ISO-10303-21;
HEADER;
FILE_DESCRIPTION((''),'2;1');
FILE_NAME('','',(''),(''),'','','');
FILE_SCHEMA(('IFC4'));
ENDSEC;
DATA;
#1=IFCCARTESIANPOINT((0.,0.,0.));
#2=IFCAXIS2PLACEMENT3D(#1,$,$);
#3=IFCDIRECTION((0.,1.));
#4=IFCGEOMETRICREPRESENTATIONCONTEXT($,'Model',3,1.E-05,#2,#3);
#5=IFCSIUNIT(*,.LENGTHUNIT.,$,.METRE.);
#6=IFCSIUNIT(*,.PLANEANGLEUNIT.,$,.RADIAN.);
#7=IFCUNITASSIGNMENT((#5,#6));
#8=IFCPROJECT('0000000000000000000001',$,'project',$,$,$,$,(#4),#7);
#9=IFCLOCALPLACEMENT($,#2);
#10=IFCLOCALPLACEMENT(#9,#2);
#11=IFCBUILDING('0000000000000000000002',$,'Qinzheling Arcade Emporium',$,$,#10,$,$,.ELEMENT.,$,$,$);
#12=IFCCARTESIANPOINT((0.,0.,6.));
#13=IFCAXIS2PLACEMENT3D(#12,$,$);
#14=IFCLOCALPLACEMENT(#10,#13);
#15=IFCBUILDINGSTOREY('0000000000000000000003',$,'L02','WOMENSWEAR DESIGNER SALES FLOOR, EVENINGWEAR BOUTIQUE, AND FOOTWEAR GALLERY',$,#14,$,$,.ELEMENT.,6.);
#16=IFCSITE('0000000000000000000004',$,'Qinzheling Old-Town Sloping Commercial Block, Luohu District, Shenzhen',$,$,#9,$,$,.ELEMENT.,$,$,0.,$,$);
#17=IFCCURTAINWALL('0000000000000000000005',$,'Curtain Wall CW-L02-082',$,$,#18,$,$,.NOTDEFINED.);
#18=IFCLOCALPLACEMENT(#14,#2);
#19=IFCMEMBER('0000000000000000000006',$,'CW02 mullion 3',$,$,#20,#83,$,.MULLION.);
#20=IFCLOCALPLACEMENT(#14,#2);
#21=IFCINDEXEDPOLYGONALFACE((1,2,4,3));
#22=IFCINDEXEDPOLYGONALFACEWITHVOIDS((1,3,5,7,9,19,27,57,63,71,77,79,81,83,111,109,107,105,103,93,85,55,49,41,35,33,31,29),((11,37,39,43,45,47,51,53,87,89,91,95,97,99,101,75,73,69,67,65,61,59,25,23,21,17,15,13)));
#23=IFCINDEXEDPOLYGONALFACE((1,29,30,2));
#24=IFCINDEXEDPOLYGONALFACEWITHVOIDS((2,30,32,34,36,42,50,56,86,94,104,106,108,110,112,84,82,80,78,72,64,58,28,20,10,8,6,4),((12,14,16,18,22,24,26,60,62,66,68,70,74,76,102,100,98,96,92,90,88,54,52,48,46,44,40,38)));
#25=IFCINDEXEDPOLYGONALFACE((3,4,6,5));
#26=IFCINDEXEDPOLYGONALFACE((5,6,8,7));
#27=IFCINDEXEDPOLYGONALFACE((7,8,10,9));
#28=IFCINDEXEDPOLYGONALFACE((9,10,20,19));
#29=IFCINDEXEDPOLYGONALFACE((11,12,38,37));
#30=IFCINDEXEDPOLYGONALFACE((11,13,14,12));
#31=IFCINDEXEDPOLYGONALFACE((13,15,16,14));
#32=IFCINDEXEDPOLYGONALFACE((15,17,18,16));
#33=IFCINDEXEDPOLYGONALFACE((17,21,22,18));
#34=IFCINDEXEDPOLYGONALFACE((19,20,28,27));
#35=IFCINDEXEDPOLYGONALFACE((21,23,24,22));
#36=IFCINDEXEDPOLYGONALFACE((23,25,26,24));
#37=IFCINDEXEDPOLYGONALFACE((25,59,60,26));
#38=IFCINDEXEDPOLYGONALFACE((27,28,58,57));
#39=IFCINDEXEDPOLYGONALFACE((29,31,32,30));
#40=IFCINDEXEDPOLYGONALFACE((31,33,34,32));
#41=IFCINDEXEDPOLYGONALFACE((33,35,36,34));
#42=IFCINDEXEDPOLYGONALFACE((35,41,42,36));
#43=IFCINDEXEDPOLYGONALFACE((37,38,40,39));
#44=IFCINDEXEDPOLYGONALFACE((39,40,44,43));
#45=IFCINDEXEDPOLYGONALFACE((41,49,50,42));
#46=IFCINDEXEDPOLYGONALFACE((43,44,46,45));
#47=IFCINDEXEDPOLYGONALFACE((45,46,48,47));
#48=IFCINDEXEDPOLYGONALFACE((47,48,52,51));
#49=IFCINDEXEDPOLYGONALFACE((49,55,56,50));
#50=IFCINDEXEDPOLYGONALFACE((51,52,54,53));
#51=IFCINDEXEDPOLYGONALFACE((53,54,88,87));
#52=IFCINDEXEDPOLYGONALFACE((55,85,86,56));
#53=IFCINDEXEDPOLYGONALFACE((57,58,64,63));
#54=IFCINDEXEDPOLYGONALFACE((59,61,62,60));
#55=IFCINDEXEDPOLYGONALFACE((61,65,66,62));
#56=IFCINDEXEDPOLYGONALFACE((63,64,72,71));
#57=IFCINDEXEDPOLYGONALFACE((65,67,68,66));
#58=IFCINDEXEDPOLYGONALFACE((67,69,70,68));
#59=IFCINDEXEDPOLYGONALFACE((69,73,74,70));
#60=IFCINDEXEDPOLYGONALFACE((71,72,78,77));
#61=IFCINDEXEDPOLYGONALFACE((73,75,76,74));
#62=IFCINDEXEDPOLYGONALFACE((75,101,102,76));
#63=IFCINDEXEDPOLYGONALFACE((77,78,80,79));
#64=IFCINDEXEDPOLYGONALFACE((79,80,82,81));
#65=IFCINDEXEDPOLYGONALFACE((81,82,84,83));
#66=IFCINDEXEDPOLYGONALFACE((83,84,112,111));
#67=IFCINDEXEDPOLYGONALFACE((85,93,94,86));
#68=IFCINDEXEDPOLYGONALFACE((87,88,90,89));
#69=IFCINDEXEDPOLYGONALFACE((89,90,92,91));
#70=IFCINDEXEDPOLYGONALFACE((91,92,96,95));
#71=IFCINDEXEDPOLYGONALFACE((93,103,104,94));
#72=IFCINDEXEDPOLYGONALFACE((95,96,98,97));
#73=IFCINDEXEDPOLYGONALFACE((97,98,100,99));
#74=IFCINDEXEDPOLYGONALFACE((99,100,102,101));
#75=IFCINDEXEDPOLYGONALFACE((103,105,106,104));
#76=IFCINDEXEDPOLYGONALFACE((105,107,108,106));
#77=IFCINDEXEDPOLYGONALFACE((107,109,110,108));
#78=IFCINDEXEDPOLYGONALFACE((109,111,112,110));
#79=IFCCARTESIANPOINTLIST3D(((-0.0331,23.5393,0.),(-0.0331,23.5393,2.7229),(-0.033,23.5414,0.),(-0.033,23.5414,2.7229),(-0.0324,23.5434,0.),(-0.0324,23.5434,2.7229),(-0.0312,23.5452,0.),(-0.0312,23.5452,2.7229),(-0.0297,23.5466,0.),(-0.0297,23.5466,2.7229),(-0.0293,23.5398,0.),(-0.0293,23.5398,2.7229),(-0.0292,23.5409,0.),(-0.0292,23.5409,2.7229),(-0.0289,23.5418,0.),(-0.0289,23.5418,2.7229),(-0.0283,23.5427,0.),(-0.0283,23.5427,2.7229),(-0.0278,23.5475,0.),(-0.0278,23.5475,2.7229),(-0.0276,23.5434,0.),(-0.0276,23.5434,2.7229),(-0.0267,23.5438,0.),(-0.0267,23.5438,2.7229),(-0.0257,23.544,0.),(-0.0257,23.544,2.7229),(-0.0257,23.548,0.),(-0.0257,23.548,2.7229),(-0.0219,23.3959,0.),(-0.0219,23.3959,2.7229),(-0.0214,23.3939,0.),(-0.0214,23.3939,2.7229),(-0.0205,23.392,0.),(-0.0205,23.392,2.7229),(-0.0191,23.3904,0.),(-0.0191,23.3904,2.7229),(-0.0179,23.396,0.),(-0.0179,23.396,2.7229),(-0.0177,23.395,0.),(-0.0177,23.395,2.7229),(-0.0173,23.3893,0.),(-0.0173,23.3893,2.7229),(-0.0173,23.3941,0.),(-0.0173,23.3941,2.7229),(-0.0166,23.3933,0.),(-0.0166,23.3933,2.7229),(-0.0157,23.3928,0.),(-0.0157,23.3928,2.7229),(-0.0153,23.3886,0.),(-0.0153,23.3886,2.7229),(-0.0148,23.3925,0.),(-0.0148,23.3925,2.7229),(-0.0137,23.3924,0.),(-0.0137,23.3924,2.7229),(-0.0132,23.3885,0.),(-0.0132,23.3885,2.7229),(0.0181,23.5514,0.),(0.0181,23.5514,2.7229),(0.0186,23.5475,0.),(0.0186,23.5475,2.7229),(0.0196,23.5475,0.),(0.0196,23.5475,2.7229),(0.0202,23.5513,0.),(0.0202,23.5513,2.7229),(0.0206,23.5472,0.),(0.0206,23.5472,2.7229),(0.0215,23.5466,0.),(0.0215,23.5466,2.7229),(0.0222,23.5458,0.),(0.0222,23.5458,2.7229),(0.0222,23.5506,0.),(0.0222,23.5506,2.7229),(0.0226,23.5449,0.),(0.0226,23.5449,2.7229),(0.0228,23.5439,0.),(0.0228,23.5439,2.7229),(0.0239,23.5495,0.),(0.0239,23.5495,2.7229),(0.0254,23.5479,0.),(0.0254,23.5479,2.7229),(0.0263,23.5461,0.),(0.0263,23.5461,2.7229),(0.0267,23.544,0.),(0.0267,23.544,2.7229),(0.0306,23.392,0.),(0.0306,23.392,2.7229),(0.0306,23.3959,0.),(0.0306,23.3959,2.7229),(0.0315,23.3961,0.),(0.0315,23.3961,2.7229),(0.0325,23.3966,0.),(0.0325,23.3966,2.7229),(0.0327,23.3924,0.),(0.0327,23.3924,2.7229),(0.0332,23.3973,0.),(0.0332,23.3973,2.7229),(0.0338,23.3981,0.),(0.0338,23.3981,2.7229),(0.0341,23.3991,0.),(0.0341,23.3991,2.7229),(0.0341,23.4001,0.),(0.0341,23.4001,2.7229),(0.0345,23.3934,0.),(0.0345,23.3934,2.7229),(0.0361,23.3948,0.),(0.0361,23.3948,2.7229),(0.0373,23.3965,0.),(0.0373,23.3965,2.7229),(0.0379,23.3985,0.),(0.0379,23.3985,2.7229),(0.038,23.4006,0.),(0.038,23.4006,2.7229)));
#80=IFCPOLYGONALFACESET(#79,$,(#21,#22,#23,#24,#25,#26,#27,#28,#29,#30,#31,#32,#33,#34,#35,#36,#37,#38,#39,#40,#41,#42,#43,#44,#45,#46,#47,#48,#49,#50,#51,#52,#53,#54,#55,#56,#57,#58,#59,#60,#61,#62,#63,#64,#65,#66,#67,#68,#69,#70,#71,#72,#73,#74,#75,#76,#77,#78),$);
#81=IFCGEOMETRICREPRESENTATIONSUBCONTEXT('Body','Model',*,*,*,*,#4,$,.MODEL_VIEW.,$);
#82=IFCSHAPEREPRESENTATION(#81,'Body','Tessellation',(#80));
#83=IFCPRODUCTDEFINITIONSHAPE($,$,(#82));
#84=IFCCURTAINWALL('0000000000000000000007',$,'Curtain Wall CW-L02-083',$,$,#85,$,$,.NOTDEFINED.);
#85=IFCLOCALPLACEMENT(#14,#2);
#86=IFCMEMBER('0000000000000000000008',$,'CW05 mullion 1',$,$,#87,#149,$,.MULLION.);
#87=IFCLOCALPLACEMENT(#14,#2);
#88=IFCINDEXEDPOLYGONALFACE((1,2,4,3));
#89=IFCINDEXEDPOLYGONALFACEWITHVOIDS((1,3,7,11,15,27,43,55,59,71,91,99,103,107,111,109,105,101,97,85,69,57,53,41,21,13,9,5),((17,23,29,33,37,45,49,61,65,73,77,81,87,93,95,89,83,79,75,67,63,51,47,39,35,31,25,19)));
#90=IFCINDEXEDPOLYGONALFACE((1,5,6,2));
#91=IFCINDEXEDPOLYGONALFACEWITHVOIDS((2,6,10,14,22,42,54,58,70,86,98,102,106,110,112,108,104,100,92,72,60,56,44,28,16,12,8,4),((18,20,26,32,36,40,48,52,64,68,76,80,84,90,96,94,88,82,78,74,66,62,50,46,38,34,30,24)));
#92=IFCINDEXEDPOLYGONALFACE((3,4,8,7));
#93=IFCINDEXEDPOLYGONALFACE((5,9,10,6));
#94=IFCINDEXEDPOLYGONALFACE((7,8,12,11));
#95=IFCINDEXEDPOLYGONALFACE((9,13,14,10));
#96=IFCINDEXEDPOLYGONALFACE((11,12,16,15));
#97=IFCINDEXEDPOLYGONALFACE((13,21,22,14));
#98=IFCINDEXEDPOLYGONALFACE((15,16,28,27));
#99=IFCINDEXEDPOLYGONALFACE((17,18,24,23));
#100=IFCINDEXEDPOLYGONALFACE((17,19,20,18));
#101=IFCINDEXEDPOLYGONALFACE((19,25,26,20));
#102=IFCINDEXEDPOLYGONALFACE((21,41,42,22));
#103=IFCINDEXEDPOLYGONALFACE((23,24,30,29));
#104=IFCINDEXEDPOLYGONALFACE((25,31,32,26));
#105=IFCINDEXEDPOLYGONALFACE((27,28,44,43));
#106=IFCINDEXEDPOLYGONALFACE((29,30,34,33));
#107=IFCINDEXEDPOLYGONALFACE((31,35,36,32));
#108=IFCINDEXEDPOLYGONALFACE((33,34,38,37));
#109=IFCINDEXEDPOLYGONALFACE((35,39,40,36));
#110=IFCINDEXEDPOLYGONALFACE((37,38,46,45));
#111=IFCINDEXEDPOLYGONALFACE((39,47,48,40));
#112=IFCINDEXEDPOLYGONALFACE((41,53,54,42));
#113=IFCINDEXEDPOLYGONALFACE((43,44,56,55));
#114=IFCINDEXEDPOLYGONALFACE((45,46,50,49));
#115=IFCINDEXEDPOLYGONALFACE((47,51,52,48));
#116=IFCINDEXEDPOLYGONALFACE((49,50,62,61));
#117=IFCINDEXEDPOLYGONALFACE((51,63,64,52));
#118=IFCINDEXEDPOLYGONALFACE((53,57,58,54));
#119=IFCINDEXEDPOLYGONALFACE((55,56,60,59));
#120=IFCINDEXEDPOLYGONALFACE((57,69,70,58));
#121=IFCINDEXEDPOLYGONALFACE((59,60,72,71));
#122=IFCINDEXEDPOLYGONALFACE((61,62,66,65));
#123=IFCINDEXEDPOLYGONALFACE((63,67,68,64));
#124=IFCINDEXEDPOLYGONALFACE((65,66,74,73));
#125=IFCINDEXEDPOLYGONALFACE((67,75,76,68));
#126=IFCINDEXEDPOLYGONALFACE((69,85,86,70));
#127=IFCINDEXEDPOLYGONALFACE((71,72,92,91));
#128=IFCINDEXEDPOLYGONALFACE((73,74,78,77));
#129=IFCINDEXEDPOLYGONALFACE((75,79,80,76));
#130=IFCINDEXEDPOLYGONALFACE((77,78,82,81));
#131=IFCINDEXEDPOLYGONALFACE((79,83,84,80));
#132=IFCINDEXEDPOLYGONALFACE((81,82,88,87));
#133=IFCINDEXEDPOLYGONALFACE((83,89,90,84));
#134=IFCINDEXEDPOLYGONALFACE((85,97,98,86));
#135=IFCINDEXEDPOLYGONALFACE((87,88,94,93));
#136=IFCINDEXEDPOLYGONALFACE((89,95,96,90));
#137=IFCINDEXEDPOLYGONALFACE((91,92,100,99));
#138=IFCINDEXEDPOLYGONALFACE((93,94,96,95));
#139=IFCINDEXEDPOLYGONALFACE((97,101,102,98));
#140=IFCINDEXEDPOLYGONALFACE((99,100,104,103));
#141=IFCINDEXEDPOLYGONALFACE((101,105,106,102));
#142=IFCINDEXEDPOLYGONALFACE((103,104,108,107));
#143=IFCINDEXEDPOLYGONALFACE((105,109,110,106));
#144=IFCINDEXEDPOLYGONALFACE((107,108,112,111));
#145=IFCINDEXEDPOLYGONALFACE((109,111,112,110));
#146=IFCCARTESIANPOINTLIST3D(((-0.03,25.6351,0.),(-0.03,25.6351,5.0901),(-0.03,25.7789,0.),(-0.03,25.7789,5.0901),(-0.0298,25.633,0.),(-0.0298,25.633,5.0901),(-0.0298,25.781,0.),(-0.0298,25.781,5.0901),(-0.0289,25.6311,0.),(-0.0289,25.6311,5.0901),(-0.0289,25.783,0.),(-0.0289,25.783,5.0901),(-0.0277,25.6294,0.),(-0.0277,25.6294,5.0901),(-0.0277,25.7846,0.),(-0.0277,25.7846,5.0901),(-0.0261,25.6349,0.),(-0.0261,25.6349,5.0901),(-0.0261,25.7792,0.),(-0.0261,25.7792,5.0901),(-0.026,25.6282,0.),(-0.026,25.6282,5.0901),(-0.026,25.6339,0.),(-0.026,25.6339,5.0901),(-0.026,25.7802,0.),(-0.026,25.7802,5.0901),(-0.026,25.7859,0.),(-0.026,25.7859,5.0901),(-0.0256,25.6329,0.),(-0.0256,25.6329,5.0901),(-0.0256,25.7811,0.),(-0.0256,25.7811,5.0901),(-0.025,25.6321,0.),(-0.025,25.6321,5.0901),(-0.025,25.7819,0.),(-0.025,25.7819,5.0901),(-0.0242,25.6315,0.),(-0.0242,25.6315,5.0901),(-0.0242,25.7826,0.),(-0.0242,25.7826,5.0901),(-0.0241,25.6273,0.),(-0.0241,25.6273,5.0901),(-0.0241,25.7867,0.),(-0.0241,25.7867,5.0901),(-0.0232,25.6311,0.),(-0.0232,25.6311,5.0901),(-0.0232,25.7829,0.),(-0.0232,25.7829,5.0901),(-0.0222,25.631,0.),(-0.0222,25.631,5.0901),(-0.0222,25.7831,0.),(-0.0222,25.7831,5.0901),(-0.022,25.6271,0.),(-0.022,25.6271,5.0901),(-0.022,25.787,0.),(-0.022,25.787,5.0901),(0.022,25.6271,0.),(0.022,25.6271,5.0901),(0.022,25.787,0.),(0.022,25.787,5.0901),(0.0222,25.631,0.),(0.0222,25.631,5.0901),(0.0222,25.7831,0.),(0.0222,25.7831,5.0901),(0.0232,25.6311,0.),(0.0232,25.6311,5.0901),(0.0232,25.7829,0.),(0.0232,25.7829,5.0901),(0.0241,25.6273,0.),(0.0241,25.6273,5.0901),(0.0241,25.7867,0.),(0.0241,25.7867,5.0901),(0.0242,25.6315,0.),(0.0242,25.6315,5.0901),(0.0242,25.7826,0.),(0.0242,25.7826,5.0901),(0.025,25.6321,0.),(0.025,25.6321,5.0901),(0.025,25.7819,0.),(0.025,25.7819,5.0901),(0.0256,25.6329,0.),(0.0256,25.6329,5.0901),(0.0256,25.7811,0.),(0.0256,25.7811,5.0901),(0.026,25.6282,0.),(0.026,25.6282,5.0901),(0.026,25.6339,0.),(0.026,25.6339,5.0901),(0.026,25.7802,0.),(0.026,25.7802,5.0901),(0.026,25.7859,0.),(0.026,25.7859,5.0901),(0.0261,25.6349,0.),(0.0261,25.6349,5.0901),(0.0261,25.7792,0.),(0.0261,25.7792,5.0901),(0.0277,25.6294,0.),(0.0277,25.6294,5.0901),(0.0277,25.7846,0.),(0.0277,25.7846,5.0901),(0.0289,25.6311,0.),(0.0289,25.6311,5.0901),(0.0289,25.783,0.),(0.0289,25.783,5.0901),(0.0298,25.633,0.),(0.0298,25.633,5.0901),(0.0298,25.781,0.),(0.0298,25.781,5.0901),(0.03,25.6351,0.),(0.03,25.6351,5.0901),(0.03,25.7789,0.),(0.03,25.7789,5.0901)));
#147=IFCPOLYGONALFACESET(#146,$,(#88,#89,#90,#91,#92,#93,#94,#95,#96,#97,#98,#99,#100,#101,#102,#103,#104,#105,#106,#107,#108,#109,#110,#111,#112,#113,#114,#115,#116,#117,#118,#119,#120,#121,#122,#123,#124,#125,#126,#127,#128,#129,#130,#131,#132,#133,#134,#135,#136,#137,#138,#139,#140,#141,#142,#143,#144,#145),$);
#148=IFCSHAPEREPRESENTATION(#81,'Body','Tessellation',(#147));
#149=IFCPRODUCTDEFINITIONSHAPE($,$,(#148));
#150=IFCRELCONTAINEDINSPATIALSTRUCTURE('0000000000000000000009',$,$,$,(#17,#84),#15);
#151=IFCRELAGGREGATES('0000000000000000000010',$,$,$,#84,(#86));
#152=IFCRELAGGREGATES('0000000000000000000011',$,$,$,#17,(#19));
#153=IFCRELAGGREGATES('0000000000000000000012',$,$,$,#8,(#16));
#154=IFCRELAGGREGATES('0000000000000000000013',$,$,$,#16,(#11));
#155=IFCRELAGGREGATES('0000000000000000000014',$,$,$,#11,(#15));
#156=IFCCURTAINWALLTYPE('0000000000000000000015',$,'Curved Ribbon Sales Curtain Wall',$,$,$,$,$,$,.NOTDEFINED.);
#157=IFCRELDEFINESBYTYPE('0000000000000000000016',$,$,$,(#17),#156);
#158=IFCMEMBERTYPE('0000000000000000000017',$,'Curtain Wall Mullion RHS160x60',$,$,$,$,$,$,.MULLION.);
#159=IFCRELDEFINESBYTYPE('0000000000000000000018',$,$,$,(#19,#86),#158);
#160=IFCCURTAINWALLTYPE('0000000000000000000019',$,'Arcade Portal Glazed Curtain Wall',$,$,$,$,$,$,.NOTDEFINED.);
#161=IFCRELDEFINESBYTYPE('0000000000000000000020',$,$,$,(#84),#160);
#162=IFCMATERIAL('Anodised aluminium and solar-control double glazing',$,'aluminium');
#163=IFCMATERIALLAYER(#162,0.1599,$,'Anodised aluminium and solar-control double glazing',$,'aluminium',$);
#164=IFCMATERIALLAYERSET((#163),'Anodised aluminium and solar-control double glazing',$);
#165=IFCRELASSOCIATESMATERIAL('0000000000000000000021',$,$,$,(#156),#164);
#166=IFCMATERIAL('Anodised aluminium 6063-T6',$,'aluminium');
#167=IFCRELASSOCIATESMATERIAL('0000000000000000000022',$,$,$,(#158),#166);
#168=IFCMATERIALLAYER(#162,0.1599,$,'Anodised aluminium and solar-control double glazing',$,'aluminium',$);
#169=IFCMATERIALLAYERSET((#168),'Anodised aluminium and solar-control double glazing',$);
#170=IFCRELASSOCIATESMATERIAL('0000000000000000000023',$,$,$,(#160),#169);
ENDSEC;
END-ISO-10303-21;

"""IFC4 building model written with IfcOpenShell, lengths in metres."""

from ifc_helpers import new_model, si_unit, direction, frame, origin, origin_2d, place, context, subcontext, project, spatial, hollow_rectangle, extrude, material, layer, layer_set, material_profile, profile_set, type_object, element, aggregate, save


model = new_model("IFC4")

# Units and contexts
model_context = context("Model", 3, precision=1e-05, world=origin(), true_north=direction((0.0, 1.0)))
body_context = subcontext(model_context, "Body", "Model", "MODEL_VIEW")
ifc_project = project(units=[si_unit("LENGTHUNIT", "METRE"), si_unit("PLANEANGLEUNIT", "RADIAN")], contexts=[model_context])

# Site, building, storey
site_placement = place(None, origin())
site = spatial("IfcSite", under=ifc_project, at=site_placement, Name="Qinzheling Old-Town Sloping Commercial Block, Luohu District, Shenzhen", CompositionType="ELEMENT", RefElevation=0.0)
building_placement = place(site_placement, origin())
building = spatial("IfcBuilding", under=site, at=building_placement, Name="Qinzheling Arcade Emporium", CompositionType="ELEMENT")
storey_placement = place(building_placement, frame((0.0, 0.0, 6.0)))
storey = spatial("IfcBuildingStorey", under=building, at=storey_placement, Name="L02", Description="WOMENSWEAR DESIGNER SALES FLOOR, EVENINGWEAR BOUTIQUE, AND FOOTWEAR GALLERY", CompositionType="ELEMENT", Elevation=6.0)

# Curtain wall, member
ifc_material_1 = material(Name="Anodised aluminium and solar-control double glazing", Category="aluminium")
ifc_layer_1 = layer(ifc_material_1, 0.1599, Name="Anodised aluminium and solar-control double glazing", Category="aluminium")
ifc_layer_set_1 = layer_set([ifc_layer_1], Name="Anodised aluminium and solar-control double glazing")
curtain_wall_type_1 = type_object("IfcCurtainWallType", Name="Curved Ribbon Sales Curtain Wall", PredefinedType="NOTDEFINED", material=ifc_layer_set_1)
curtain_wall_1_placement = place(storey_placement, origin())
curtain_wall_1 = element("IfcCurtainWall", 1, at=curtain_wall_1_placement, inside=storey, type_object=curtain_wall_type_1, Name="Curtain Wall CW-L02-082", PredefinedType="NOTDEFINED")
ifc_material_2 = material(Name="Anodised aluminium 6063-T6", Category="aluminium")
ifc_material_profile_1 = material_profile(ifc_material_2, hollow_rectangle(XDim=0.0601, YDim=0.1599, WallThickness=0.0039, InnerFilletRadius=0.0039, OuterFilletRadius=0.0081, at=origin_2d()), Name="RHS 160x60x4", Category="aluminium")
ifc_profile_set_1 = profile_set([ifc_material_profile_1], Name="Anodised aluminium 6063-T6")
member_type_1 = type_object("IfcMemberType", Name="Curtain Wall Mullion RHS160x60", PredefinedType="MULLION", material=ifc_profile_set_1)
member_1_placement = place(storey_placement, frame((0.0024, 23.47, 0.0), z_axis=(0.0, 0.0, 1.0), x_axis=(-0.996924, -0.078376, 0.0)))
member_1 = element("IfcMember", 2, at=member_1_placement, type_object=member_type_1, Name="CW02 mullion 3", PredefinedType="MULLION", context=body_context, shape_type="SweptSolid", body=[
    extrude(hollow_rectangle(XDim=0.0601, YDim=0.1599, WallThickness=0.0039, InnerFilletRadius=0.0039, OuterFilletRadius=0.0081, at=origin_2d()), origin(), (0.0, 0.0, 1.0), 2.7229),
])

# Curtain wall, member
ifc_layer_2 = layer(ifc_material_1, 0.1599, Name="Anodised aluminium and solar-control double glazing", Category="aluminium")
ifc_layer_set_2 = layer_set([ifc_layer_2], Name="Anodised aluminium and solar-control double glazing")
curtain_wall_type_2 = type_object("IfcCurtainWallType", Name="Arcade Portal Glazed Curtain Wall", PredefinedType="NOTDEFINED", material=ifc_layer_set_2)
curtain_wall_2_placement = place(storey_placement, origin())
curtain_wall_2 = element("IfcCurtainWall", 3, at=curtain_wall_2_placement, inside=storey, type_object=curtain_wall_type_2, Name="Curtain Wall CW-L02-083", PredefinedType="NOTDEFINED")
member_2_placement = place(storey_placement, frame((0.0, 25.707, 0.0), z_axis=(0.0, 0.0, 1.0), x_axis=(-1.0, 0.0, 0.0)))
member_2 = element("IfcMember", 4, at=member_2_placement, type_object=member_type_1, Name="CW05 mullion 1", PredefinedType="MULLION", context=body_context, shape_type="SweptSolid", body=[
    extrude(hollow_rectangle(XDim=0.0601, YDim=0.1599, WallThickness=0.0039, InnerFilletRadius=0.0039, OuterFilletRadius=0.0081, at=origin_2d()), origin(), (0.0, 0.0, 1.0), 5.0901),
])
aggregate(curtain_wall_2, [member_2])

aggregate(curtain_wall_1, [member_1])

save(model, "model.ifc")
